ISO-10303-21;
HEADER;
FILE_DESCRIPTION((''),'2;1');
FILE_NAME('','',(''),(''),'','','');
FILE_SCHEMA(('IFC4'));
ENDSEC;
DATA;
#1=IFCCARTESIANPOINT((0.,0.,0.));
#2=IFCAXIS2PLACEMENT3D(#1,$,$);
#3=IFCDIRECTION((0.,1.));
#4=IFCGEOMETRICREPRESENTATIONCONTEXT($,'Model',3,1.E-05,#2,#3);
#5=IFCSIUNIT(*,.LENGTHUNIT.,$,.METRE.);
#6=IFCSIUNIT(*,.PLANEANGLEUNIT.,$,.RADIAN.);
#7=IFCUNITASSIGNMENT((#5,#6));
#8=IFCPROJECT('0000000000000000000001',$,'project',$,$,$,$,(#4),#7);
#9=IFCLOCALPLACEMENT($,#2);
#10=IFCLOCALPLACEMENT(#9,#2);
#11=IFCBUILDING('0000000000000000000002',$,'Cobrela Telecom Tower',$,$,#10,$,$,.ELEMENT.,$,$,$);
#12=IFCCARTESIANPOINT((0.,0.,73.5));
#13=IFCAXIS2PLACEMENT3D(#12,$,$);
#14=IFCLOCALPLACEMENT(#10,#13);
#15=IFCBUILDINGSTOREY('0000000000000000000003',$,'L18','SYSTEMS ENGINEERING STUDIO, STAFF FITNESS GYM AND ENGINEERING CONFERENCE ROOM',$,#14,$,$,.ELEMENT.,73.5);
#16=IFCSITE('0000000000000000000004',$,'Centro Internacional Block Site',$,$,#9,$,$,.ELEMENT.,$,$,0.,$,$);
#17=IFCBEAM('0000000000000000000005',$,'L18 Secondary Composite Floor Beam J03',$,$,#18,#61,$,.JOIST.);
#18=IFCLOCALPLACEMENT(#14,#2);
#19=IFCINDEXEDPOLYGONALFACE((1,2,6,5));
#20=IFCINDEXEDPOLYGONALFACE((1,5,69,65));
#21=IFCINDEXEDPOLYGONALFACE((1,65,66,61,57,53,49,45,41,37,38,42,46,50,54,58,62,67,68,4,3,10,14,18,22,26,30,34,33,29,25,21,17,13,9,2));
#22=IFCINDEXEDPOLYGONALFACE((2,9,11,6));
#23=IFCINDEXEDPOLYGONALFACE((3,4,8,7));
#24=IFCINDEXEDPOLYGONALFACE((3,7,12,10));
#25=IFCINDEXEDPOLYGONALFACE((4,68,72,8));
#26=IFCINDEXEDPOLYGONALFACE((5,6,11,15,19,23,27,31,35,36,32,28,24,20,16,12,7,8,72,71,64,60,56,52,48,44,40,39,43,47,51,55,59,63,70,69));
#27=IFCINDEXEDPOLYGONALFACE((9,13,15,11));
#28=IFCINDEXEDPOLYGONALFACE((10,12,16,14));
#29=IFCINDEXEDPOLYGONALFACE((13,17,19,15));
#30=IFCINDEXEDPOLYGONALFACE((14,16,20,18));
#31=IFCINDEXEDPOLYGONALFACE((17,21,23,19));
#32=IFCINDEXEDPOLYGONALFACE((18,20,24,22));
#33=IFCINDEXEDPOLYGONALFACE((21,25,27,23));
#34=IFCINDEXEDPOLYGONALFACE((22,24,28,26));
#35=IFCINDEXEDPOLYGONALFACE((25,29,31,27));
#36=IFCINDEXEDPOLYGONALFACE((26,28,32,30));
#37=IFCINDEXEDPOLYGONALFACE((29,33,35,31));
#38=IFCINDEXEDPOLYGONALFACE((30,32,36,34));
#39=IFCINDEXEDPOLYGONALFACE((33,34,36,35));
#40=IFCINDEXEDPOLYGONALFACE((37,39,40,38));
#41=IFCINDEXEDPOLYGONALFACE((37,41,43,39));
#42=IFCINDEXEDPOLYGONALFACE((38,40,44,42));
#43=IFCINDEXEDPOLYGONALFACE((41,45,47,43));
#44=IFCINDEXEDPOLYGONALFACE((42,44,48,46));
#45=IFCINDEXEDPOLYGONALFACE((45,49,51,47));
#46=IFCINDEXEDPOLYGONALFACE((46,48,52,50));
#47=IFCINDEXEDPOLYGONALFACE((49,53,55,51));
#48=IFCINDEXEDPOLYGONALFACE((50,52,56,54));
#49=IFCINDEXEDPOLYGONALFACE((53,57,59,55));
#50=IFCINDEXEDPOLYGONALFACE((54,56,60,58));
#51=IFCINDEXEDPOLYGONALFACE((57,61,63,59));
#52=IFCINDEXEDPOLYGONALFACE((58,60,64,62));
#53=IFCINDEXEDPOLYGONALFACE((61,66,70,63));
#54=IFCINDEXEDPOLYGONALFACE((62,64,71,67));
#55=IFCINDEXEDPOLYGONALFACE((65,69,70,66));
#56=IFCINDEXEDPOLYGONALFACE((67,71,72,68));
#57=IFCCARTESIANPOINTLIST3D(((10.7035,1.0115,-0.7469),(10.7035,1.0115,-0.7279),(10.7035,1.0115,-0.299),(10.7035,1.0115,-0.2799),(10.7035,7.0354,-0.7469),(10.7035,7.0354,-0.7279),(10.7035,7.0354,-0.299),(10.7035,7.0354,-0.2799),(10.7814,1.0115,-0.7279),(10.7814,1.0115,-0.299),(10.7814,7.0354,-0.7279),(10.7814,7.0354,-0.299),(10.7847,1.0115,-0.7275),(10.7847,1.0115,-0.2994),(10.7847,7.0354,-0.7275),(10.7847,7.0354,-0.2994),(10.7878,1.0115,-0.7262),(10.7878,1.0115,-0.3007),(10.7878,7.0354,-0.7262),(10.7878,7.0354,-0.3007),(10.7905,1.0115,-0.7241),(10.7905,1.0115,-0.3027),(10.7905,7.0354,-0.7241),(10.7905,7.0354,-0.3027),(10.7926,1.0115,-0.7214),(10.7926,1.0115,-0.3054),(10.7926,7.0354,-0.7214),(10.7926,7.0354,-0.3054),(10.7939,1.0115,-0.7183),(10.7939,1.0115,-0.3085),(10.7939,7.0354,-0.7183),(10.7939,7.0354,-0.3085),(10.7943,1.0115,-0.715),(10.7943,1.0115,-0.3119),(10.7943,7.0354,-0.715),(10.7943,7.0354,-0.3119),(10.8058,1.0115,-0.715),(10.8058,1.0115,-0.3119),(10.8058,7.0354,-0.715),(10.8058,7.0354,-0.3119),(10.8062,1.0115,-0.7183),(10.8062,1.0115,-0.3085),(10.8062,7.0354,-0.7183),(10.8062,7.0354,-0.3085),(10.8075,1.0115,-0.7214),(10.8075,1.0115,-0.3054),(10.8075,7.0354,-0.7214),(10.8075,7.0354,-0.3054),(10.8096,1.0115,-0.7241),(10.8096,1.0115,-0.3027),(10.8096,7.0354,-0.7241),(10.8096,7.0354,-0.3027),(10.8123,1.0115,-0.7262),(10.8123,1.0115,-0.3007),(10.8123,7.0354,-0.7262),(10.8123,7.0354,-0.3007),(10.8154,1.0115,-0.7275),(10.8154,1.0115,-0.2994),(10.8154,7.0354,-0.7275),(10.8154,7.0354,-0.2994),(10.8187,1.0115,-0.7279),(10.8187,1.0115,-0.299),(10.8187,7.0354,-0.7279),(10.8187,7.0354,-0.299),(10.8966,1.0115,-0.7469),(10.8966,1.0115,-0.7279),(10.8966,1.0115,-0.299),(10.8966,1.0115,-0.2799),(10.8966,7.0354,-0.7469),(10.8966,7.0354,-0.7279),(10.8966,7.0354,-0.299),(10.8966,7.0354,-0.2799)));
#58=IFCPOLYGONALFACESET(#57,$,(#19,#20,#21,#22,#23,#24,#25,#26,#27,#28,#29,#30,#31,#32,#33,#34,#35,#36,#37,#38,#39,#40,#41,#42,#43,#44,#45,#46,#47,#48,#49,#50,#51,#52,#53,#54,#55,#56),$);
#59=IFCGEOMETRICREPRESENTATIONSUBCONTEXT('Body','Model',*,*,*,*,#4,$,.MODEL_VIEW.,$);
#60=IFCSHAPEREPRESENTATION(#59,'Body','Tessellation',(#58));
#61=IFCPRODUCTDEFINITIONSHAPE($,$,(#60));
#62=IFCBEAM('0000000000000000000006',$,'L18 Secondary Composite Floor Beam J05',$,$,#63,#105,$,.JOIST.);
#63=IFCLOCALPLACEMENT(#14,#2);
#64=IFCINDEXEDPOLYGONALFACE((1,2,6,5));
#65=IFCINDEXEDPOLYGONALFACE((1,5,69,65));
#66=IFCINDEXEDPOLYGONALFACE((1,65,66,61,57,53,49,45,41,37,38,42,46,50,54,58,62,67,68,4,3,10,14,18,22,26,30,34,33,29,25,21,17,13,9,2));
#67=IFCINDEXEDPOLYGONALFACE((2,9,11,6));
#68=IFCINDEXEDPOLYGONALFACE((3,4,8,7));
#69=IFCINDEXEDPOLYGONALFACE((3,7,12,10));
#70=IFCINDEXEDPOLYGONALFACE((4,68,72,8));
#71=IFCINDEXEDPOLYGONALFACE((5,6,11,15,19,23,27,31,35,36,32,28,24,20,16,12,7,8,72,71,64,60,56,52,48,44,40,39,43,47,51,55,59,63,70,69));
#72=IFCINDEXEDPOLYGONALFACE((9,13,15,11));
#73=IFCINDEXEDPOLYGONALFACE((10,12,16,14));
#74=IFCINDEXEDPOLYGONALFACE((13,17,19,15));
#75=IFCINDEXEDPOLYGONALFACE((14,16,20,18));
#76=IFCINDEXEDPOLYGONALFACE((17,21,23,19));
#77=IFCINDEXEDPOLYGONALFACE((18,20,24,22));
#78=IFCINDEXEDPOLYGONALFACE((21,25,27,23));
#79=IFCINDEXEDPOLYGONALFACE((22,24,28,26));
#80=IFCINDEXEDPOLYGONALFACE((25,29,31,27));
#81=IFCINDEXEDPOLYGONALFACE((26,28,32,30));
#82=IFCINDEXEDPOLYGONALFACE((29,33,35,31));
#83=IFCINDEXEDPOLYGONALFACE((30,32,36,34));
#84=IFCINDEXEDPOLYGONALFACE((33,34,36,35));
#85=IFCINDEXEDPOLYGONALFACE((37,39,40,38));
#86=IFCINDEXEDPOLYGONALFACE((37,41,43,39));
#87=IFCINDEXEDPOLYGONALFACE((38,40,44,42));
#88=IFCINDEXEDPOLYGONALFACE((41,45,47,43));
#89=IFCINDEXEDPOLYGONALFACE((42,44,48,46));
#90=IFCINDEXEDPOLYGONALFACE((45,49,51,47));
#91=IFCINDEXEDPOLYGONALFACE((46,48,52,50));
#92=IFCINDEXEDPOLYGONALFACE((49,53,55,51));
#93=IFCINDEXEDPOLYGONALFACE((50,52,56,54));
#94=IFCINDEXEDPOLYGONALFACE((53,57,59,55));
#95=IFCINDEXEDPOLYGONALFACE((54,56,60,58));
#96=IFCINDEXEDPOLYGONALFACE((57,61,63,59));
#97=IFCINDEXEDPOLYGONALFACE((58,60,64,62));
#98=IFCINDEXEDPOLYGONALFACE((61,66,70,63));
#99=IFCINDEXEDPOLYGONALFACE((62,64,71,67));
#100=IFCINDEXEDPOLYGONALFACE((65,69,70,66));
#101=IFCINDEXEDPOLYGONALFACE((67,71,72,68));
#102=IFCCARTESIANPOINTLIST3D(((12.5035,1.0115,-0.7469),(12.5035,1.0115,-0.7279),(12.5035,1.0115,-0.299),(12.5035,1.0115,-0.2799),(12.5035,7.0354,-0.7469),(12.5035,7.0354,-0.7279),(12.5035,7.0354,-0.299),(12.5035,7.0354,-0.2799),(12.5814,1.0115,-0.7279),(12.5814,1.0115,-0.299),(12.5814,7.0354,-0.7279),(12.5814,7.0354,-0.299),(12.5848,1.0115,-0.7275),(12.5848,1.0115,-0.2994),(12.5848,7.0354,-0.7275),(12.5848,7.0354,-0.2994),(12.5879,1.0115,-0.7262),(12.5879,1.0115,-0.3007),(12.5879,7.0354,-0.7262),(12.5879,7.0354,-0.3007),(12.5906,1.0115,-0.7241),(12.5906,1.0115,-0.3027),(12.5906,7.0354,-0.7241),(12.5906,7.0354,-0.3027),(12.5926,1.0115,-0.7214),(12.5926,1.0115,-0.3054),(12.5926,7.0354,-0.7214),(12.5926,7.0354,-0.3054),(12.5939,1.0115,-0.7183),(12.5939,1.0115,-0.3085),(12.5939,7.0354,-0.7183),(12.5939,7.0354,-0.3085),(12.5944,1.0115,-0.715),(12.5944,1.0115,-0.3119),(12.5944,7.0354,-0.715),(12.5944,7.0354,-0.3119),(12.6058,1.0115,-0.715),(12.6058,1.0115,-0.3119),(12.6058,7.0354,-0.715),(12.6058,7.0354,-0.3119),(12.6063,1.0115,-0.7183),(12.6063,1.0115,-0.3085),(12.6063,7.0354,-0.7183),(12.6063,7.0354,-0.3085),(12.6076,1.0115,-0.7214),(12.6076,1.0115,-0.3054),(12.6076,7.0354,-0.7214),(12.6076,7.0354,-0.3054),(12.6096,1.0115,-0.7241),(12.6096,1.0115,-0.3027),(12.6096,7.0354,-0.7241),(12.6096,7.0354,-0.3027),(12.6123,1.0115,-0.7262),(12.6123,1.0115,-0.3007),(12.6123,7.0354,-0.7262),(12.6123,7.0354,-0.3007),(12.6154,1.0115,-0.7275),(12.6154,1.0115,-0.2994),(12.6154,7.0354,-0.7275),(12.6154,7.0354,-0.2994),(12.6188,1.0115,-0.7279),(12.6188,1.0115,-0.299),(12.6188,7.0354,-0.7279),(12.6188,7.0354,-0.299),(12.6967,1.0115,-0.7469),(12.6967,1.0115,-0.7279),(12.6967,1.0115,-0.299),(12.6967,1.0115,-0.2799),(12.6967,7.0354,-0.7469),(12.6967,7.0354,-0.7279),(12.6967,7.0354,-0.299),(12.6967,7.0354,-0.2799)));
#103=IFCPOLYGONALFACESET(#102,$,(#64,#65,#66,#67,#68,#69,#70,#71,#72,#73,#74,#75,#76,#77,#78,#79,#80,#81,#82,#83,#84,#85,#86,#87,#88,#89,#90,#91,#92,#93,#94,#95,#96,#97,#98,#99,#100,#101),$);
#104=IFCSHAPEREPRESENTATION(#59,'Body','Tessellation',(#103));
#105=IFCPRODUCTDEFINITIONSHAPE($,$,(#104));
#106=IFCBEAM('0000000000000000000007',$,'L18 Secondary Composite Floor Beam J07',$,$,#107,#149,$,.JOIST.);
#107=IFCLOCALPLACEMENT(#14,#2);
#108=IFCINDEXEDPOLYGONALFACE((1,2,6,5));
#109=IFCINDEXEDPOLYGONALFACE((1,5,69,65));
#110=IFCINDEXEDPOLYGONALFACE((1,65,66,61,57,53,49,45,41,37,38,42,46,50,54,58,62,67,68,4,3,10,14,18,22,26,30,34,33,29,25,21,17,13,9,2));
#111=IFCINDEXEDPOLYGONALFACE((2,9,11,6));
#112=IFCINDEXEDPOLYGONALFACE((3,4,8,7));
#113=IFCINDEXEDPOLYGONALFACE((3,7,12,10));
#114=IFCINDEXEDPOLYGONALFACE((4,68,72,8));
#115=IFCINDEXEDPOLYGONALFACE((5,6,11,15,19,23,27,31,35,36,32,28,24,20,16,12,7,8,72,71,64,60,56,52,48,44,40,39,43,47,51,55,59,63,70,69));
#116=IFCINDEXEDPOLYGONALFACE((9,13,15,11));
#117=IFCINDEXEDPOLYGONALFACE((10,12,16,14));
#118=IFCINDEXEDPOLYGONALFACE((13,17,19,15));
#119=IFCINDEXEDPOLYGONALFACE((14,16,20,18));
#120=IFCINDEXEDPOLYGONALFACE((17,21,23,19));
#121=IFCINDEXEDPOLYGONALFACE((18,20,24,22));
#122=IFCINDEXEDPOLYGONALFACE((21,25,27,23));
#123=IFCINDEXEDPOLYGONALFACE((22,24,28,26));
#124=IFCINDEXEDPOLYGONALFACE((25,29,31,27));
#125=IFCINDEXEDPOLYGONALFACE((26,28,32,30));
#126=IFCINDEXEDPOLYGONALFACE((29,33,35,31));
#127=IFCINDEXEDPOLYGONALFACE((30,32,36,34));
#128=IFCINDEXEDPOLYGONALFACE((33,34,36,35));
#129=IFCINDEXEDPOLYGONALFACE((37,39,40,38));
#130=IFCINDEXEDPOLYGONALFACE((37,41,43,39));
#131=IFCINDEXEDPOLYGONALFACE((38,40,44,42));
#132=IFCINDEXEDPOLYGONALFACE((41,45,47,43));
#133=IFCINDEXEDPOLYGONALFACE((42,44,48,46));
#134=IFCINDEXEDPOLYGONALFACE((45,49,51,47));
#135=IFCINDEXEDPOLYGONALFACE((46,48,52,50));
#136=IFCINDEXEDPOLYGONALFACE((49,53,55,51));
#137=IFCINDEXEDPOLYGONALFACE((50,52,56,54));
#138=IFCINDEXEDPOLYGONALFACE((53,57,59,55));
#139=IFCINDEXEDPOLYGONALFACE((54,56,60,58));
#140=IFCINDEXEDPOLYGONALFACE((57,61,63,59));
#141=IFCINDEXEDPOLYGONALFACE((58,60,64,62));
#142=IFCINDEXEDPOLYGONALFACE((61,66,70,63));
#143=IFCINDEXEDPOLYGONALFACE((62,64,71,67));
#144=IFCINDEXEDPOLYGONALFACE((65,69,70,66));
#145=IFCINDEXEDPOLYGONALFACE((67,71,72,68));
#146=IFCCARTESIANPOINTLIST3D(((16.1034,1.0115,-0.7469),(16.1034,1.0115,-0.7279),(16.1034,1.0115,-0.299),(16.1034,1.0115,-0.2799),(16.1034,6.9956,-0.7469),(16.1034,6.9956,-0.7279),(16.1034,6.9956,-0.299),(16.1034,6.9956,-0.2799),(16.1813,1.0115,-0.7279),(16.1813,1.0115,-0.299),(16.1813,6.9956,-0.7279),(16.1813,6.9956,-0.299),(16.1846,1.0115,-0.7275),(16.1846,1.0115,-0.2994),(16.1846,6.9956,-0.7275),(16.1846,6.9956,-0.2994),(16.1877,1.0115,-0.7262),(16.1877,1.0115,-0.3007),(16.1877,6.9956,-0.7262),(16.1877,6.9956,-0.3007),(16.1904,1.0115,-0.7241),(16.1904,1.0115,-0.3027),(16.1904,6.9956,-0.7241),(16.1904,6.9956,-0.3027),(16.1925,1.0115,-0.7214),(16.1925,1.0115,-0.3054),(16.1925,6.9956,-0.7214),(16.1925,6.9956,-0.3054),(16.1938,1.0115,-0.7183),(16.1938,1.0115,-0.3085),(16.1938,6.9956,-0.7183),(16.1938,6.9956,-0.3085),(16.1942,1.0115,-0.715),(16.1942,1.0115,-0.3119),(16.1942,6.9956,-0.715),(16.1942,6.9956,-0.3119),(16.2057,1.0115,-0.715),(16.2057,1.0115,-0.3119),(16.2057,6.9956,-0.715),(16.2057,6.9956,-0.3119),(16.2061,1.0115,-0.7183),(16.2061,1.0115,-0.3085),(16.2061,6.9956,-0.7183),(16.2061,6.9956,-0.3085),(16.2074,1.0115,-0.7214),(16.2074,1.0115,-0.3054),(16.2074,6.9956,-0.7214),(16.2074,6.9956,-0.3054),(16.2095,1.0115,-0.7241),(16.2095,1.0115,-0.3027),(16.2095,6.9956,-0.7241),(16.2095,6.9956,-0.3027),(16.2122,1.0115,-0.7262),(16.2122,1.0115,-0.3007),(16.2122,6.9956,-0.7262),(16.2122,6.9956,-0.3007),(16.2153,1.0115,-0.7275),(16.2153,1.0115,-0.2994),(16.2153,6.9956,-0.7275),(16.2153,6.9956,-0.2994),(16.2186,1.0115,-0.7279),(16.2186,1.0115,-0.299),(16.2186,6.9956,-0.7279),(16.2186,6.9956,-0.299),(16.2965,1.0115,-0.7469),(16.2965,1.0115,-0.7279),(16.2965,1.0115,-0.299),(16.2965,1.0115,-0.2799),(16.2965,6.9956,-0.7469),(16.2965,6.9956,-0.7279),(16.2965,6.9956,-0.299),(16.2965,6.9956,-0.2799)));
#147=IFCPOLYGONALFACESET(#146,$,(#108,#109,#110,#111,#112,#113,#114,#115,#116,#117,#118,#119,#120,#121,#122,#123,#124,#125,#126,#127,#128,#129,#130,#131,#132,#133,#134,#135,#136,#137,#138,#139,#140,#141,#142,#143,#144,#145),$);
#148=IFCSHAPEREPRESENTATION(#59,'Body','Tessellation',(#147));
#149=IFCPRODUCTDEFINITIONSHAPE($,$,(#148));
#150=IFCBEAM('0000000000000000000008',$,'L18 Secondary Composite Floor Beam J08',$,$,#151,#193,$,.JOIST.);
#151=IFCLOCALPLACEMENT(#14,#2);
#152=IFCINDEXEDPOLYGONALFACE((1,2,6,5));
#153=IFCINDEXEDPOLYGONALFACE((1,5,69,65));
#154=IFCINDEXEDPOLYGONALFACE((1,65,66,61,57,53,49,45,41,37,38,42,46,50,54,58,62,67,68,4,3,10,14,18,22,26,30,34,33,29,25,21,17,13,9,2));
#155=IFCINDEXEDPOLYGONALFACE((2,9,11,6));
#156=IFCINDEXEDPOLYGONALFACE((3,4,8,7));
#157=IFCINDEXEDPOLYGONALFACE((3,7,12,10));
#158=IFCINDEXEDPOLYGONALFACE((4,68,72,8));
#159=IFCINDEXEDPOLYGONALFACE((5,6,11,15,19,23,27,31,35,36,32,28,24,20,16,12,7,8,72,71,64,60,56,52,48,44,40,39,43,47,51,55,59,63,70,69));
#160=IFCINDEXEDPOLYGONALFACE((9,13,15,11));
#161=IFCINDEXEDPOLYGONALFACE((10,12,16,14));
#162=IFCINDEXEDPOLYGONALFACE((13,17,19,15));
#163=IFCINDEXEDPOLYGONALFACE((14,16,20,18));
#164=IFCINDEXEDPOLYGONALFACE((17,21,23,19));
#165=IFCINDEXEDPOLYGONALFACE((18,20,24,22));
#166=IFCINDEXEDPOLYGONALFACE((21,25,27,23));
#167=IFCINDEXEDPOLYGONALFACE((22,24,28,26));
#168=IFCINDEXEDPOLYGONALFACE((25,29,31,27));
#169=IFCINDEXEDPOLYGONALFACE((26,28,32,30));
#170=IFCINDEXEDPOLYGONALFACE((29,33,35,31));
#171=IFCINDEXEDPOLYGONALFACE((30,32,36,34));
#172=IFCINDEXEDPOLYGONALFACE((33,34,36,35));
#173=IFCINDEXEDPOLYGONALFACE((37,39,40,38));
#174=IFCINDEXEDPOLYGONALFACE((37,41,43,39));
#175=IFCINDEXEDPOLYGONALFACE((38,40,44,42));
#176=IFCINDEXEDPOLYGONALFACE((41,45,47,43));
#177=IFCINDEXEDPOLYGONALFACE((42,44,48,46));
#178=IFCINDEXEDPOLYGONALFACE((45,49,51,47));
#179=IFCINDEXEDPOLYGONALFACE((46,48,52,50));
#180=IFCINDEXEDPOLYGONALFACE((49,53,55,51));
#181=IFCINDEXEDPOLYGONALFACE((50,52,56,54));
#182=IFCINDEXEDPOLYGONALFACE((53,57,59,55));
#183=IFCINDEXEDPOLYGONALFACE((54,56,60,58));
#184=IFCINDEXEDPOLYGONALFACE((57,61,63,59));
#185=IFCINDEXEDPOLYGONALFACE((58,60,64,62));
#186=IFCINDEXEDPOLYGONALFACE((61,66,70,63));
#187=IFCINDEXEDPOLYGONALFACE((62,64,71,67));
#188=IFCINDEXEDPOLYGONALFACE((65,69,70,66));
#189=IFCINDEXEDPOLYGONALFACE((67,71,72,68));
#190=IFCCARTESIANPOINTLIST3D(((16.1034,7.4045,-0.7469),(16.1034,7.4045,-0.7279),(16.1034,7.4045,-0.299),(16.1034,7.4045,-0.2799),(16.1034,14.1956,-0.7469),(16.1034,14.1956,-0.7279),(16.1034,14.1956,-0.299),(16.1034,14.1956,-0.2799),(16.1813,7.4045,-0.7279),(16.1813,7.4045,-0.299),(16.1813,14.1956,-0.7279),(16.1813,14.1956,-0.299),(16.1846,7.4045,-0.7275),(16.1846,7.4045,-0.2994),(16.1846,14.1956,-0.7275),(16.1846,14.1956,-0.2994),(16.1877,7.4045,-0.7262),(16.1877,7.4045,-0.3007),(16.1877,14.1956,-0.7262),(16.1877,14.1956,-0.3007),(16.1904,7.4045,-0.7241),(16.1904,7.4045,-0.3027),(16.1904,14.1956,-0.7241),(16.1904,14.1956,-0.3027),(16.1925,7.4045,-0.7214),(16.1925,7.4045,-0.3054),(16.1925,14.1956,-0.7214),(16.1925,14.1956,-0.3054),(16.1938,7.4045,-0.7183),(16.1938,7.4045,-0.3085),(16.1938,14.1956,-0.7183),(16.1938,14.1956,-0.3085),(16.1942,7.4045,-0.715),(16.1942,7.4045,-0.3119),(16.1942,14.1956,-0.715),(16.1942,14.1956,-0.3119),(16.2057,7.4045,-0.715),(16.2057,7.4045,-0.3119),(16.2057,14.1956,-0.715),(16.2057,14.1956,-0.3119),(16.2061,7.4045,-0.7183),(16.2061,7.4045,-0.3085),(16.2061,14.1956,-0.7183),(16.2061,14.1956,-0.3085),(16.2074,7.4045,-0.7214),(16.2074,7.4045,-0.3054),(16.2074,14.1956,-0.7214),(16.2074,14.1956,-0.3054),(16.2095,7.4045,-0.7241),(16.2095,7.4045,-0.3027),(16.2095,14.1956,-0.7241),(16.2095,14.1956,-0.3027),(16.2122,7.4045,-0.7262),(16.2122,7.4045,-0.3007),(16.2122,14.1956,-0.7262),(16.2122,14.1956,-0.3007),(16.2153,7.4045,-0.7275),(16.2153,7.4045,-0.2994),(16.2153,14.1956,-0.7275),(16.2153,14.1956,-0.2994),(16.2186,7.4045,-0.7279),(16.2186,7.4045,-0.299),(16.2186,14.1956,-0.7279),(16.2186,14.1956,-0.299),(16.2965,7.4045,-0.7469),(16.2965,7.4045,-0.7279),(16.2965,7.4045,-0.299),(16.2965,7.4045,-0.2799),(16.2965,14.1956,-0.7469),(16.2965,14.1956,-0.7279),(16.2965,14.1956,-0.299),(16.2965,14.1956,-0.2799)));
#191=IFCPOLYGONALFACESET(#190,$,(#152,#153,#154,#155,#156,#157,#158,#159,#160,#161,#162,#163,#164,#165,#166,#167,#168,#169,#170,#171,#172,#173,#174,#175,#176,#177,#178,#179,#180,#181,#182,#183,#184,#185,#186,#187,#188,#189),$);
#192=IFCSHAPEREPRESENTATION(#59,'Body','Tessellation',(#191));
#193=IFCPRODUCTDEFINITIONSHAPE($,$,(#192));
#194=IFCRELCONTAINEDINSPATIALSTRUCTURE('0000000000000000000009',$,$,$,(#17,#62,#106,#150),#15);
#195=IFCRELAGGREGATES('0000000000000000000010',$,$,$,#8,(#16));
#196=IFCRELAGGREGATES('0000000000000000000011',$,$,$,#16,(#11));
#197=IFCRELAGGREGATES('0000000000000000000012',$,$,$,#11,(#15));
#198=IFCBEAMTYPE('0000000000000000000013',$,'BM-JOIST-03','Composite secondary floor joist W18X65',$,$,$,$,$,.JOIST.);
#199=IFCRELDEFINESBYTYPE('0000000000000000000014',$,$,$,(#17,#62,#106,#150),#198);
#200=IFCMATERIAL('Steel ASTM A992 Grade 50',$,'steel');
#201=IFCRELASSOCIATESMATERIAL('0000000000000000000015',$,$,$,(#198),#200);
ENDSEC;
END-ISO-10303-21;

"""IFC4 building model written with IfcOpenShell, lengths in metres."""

from ifc_helpers import new_model, si_unit, direction, frame, origin, origin_2d, place, context, subcontext, project, spatial, i_section, extrude, material, material_profile, profile_set, type_object, element, save


model = new_model("IFC4")

# Units and contexts
model_context = context("Model", 3, precision=1e-05, world=origin(), true_north=direction((0.0, 1.0)))
body_context = subcontext(model_context, "Body", "Model", "MODEL_VIEW")
ifc_project = project(units=[si_unit("LENGTHUNIT", "METRE"), si_unit("PLANEANGLEUNIT", "RADIAN")], contexts=[model_context])

# Site, building, storey
site_placement = place(None, origin())
site = spatial("IfcSite", under=ifc_project, at=site_placement, Name="Centro Internacional Block Site", CompositionType="ELEMENT", RefElevation=0.0)
building_placement = place(site_placement, origin())
building = spatial("IfcBuilding", under=site, at=building_placement, Name="Cobrela Telecom Tower", CompositionType="ELEMENT")
storey_placement = place(building_placement, frame((0.0, 0.0, 73.5)))
storey = spatial("IfcBuildingStorey", under=building, at=storey_placement, Name="L18", Description="SYSTEMS ENGINEERING STUDIO, STAFF FITNESS GYM AND ENGINEERING CONFERENCE ROOM", CompositionType="ELEMENT", Elevation=73.5)

# Beams
ifc_material_1 = material(Name="Steel ASTM A992 Grade 50", Category="steel")
ifc_material_profile_1 = material_profile(ifc_material_1, i_section(OverallWidth=0.1931, OverallDepth=0.467, WebThickness=0.0115, FlangeThickness=0.019, FilletRadius=0.0129, at=origin_2d()), Name="W18X65")
ifc_profile_set_1 = profile_set([ifc_material_profile_1], Name="Steel ASTM A992 Grade 50")
beam_type_1 = type_object("IfcBeamType", Name="BM-JOIST-03", Description="Composite secondary floor joist W18X65", PredefinedType="JOIST", material=ifc_profile_set_1)
for number, where, z_axis, x_axis, name in (
    (1, (10.8, 1.0115, -0.5134), (0.0, 1.0, 0.0), (-1.0, 0.0, 0.0), "L18 Secondary Composite Floor Beam J03"),
    (2, (12.6001, 1.0115, -0.5134), (0.0, 1.0, 0.0), (-1.0, 0.0, 0.0), "L18 Secondary Composite Floor Beam J05"),
):
    element("IfcBeam", number, at=place(storey_placement, frame(where, z_axis=z_axis, x_axis=x_axis)), inside=storey, type_object=beam_type_1, Name=name, PredefinedType="JOIST", context=body_context, shape_type="SweptSolid", body=[
        extrude(i_section(OverallWidth=0.1931, OverallDepth=0.467, WebThickness=0.0115, FlangeThickness=0.019, FilletRadius=0.0129, at=origin_2d()), origin(), (0.0, 0.0, 1.0), 6.0239),
    ])
beam_1_placement = place(storey_placement, frame((16.2, 1.0115, -0.5134), z_axis=(0.0, 1.0, 0.0), x_axis=(-1.0, 0.0, 0.0)))
element("IfcBeam", 3, at=beam_1_placement, inside=storey, type_object=beam_type_1, Name="L18 Secondary Composite Floor Beam J07", PredefinedType="JOIST", context=body_context, shape_type="SweptSolid", body=[
    extrude(i_section(OverallWidth=0.1931, OverallDepth=0.467, WebThickness=0.0115, FlangeThickness=0.019, FilletRadius=0.0129, at=origin_2d()), origin(), (0.0, 0.0, 1.0), 5.9841),
])
beam_2_placement = place(storey_placement, frame((16.2, 7.4045, -0.5134), z_axis=(0.0, 1.0, 0.0), x_axis=(-1.0, 0.0, 0.0)))
element("IfcBeam", 4, at=beam_2_placement, inside=storey, type_object=beam_type_1, Name="L18 Secondary Composite Floor Beam J08", PredefinedType="JOIST", context=body_context, shape_type="SweptSolid", body=[
    extrude(i_section(OverallWidth=0.1931, OverallDepth=0.467, WebThickness=0.0115, FlangeThickness=0.019, FilletRadius=0.0129, at=origin_2d()), origin(), (0.0, 0.0, 1.0), 6.791),
])

save(model, "model.ifc")
